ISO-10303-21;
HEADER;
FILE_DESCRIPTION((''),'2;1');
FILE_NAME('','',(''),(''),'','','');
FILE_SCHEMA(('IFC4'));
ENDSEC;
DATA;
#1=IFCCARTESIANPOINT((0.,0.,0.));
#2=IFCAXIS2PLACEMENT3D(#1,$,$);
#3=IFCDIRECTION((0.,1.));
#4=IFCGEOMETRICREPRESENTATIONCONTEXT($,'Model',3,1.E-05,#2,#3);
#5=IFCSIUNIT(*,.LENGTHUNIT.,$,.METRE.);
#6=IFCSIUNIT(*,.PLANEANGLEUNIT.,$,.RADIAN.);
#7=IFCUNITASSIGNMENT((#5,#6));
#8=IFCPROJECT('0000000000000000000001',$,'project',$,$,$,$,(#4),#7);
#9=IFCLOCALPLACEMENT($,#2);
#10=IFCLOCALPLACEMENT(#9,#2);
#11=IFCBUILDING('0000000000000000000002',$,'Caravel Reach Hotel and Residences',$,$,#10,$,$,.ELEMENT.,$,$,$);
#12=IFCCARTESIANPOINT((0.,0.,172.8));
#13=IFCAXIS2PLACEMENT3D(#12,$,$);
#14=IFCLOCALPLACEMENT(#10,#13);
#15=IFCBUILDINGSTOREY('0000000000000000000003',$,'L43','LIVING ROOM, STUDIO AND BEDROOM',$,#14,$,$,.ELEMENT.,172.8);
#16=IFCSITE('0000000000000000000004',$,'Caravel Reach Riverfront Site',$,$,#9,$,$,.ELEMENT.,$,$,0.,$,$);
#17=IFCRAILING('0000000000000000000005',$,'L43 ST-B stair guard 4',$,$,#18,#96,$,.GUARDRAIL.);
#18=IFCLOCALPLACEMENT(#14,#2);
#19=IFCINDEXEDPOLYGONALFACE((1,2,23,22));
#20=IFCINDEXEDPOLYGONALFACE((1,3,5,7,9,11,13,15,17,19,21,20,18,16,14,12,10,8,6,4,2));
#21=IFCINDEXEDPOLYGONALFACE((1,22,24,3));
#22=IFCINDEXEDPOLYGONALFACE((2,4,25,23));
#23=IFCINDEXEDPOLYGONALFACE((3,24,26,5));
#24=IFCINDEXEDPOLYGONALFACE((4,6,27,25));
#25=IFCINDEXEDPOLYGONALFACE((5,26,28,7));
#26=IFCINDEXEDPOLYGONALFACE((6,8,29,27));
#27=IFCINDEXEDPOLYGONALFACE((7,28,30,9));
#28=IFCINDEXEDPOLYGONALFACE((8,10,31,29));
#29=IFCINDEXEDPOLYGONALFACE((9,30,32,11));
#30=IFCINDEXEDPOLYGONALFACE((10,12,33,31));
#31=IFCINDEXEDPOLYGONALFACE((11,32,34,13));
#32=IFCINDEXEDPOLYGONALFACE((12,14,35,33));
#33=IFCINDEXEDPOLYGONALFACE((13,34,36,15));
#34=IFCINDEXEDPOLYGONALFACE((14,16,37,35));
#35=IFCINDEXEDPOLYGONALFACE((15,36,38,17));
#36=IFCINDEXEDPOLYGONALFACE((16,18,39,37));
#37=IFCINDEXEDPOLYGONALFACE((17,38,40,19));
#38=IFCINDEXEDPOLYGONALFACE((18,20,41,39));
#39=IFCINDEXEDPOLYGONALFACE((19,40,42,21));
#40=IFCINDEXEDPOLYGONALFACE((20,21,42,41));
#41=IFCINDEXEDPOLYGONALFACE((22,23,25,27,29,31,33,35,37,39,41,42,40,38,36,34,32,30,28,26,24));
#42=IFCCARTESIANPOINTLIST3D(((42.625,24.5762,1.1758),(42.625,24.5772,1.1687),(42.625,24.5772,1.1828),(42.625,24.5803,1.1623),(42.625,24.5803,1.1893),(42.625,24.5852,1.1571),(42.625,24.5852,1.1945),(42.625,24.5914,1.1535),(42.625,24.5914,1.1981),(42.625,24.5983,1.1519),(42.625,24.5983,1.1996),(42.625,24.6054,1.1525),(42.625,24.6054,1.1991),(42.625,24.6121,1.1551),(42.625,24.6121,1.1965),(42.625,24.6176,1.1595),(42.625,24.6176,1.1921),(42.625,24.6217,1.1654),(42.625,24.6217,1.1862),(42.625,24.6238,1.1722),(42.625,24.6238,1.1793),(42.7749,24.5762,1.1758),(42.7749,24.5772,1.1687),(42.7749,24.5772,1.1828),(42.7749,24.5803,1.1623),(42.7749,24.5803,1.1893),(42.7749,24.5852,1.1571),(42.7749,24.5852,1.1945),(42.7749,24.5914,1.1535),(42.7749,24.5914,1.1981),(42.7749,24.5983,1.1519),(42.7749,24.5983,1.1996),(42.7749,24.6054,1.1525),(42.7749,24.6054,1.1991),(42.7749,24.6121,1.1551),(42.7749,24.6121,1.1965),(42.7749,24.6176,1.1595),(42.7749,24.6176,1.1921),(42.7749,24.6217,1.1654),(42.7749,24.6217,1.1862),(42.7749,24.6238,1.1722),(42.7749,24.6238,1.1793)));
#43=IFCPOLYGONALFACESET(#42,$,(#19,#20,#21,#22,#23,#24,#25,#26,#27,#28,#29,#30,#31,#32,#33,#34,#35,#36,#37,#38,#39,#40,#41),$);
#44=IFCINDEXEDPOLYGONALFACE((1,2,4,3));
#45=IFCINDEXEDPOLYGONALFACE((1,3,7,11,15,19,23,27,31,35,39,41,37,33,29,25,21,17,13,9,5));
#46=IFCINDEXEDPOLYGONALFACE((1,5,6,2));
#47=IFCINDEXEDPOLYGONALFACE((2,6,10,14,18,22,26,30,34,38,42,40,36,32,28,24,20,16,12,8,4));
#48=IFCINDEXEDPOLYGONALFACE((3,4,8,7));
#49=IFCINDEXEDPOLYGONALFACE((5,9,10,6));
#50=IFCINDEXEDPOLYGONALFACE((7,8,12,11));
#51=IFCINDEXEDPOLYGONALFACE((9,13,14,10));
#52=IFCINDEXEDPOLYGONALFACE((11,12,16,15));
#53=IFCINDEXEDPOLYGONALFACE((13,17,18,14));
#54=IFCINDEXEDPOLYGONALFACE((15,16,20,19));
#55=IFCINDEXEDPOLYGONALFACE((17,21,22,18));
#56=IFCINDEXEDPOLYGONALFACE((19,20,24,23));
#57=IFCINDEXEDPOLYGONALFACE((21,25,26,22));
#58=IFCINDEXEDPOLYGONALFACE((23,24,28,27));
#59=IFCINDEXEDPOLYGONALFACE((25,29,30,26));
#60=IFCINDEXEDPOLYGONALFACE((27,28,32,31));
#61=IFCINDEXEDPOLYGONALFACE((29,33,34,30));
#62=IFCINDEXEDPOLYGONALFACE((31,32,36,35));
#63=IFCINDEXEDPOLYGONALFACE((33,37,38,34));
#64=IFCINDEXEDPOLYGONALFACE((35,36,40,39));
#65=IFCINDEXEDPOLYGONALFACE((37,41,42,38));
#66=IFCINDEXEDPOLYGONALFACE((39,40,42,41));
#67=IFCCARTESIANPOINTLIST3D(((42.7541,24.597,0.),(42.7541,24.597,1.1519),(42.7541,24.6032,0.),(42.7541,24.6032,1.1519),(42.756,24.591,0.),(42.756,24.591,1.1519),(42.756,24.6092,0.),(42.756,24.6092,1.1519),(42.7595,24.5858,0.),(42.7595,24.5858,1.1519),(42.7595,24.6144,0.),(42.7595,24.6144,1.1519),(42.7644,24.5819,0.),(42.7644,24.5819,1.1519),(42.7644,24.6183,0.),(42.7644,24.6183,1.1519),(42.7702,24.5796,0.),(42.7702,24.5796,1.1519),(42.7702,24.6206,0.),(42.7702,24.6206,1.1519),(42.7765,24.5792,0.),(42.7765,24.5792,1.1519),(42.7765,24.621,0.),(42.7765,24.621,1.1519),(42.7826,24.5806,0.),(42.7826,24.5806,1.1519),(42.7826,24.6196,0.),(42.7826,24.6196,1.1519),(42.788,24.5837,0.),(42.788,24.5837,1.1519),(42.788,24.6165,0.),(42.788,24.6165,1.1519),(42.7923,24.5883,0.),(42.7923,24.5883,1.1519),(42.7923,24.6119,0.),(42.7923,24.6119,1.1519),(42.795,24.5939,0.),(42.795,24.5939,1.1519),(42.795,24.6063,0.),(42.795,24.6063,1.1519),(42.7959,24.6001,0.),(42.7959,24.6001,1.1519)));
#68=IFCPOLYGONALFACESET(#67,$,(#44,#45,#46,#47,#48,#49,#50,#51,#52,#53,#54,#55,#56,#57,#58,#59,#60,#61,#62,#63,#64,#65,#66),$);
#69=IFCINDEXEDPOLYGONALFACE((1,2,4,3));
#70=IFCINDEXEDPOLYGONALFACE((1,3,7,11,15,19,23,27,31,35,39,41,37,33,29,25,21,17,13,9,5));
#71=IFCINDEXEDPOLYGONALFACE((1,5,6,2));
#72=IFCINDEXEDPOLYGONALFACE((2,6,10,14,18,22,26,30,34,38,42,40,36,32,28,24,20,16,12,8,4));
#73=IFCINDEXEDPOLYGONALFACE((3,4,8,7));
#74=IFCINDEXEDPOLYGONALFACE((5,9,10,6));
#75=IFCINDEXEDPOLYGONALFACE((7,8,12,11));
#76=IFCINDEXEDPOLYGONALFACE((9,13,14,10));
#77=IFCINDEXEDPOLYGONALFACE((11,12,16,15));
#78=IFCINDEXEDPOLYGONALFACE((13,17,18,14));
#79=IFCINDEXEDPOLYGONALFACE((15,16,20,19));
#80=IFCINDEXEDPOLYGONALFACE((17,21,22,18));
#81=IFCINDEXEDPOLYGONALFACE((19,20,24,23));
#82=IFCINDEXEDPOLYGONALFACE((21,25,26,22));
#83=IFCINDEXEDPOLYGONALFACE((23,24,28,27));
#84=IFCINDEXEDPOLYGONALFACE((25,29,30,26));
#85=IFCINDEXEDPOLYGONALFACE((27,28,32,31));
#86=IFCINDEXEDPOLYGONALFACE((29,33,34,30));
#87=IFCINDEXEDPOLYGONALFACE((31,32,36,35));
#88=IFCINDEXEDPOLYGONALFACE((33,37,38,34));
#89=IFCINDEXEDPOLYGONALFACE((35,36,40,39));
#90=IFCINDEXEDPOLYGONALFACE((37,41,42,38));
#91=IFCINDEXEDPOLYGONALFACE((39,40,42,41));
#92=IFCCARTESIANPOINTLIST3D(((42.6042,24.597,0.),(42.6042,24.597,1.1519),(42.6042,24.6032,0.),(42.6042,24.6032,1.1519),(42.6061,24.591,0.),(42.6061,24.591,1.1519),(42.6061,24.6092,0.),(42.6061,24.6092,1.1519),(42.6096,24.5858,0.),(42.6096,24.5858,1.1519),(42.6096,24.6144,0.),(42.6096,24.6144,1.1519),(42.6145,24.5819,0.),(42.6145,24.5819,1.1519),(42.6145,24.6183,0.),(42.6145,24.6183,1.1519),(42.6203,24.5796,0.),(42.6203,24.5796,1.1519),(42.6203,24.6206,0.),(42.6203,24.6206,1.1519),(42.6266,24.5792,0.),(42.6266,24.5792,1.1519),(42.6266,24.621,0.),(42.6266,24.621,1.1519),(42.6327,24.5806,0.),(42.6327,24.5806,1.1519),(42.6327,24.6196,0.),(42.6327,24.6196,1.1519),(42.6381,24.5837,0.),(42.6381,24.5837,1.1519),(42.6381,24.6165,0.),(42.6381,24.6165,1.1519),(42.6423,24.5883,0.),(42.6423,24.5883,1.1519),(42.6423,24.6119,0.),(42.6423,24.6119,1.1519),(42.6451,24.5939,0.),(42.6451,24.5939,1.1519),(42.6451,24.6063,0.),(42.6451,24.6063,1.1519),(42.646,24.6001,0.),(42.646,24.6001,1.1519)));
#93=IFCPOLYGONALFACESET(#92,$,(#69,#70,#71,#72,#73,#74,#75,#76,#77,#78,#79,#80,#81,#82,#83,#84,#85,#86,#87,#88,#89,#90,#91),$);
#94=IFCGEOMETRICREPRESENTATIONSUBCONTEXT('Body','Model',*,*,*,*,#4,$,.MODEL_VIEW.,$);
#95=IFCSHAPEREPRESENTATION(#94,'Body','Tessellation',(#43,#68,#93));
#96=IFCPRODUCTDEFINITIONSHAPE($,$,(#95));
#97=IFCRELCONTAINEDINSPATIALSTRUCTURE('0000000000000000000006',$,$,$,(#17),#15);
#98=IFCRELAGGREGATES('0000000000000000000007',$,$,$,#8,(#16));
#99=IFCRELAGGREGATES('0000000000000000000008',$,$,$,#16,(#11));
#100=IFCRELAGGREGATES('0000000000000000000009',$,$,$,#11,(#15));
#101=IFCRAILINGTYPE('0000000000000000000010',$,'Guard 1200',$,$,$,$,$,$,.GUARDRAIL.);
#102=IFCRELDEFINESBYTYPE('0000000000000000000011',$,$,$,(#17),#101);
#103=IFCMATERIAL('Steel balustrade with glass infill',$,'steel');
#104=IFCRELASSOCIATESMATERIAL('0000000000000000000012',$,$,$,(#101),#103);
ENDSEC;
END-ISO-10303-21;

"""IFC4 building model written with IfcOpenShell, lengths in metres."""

from ifc_helpers import new_model, si_unit, direction, frame, origin, origin_2d, place, context, subcontext, project, spatial, circle, extrude, material, type_object, element, save


model = new_model("IFC4")

# Units and contexts
model_context = context("Model", 3, precision=1e-05, world=origin(), true_north=direction((0.0, 1.0)))
body_context = subcontext(model_context, "Body", "Model", "MODEL_VIEW")
ifc_project = project(units=[si_unit("LENGTHUNIT", "METRE"), si_unit("PLANEANGLEUNIT", "RADIAN")], contexts=[model_context])

# Site, building, storey
site_placement = place(None, origin())
site = spatial("IfcSite", under=ifc_project, at=site_placement, Name="Caravel Reach Riverfront Site", CompositionType="ELEMENT", RefElevation=0.0)
building_placement = place(site_placement, origin())
building = spatial("IfcBuilding", under=site, at=building_placement, Name="Caravel Reach Hotel and Residences", CompositionType="ELEMENT")
storey_placement = place(building_placement, frame((0.0, 0.0, 172.8)))
storey = spatial("IfcBuildingStorey", under=building, at=storey_placement, Name="L43", Description="LIVING ROOM, STUDIO AND BEDROOM", CompositionType="ELEMENT", Elevation=172.8)

# Railing
ifc_material_1 = material(Name="Steel balustrade with glass infill", Category="steel")
railing_type_1 = type_object("IfcRailingType", Name="Guard 1200", PredefinedType="GUARDRAIL", material=ifc_material_1)
railing_1_placement = place(storey_placement, frame((42.7749, 24.6001, 0.0)))
element("IfcRailing", 1, at=railing_1_placement, inside=storey, type_object=railing_type_1, Name="L43 ST-B stair guard 4", PredefinedType="GUARDRAIL", context=body_context, shape_type="SweptSolid", body=[
    extrude(circle(Radius=0.0239, at=origin_2d()), frame((0.0, 0.0, 1.1758), z_axis=(-1.0, 0.0, 0.0), x_axis=(0.0, -1.0, 0.0)), (0.0, 0.0, 1.0), 0.1499),
    extrude(circle(Radius=0.021, at=origin_2d()), origin(), (0.0, 0.0, 1.0), 1.1519),
    extrude(circle(Radius=0.021, at=origin_2d()), frame((-0.1499, 0.0, 0.0)), (0.0, 0.0, 1.0), 1.1519),
])

save(model, "model.ifc")
